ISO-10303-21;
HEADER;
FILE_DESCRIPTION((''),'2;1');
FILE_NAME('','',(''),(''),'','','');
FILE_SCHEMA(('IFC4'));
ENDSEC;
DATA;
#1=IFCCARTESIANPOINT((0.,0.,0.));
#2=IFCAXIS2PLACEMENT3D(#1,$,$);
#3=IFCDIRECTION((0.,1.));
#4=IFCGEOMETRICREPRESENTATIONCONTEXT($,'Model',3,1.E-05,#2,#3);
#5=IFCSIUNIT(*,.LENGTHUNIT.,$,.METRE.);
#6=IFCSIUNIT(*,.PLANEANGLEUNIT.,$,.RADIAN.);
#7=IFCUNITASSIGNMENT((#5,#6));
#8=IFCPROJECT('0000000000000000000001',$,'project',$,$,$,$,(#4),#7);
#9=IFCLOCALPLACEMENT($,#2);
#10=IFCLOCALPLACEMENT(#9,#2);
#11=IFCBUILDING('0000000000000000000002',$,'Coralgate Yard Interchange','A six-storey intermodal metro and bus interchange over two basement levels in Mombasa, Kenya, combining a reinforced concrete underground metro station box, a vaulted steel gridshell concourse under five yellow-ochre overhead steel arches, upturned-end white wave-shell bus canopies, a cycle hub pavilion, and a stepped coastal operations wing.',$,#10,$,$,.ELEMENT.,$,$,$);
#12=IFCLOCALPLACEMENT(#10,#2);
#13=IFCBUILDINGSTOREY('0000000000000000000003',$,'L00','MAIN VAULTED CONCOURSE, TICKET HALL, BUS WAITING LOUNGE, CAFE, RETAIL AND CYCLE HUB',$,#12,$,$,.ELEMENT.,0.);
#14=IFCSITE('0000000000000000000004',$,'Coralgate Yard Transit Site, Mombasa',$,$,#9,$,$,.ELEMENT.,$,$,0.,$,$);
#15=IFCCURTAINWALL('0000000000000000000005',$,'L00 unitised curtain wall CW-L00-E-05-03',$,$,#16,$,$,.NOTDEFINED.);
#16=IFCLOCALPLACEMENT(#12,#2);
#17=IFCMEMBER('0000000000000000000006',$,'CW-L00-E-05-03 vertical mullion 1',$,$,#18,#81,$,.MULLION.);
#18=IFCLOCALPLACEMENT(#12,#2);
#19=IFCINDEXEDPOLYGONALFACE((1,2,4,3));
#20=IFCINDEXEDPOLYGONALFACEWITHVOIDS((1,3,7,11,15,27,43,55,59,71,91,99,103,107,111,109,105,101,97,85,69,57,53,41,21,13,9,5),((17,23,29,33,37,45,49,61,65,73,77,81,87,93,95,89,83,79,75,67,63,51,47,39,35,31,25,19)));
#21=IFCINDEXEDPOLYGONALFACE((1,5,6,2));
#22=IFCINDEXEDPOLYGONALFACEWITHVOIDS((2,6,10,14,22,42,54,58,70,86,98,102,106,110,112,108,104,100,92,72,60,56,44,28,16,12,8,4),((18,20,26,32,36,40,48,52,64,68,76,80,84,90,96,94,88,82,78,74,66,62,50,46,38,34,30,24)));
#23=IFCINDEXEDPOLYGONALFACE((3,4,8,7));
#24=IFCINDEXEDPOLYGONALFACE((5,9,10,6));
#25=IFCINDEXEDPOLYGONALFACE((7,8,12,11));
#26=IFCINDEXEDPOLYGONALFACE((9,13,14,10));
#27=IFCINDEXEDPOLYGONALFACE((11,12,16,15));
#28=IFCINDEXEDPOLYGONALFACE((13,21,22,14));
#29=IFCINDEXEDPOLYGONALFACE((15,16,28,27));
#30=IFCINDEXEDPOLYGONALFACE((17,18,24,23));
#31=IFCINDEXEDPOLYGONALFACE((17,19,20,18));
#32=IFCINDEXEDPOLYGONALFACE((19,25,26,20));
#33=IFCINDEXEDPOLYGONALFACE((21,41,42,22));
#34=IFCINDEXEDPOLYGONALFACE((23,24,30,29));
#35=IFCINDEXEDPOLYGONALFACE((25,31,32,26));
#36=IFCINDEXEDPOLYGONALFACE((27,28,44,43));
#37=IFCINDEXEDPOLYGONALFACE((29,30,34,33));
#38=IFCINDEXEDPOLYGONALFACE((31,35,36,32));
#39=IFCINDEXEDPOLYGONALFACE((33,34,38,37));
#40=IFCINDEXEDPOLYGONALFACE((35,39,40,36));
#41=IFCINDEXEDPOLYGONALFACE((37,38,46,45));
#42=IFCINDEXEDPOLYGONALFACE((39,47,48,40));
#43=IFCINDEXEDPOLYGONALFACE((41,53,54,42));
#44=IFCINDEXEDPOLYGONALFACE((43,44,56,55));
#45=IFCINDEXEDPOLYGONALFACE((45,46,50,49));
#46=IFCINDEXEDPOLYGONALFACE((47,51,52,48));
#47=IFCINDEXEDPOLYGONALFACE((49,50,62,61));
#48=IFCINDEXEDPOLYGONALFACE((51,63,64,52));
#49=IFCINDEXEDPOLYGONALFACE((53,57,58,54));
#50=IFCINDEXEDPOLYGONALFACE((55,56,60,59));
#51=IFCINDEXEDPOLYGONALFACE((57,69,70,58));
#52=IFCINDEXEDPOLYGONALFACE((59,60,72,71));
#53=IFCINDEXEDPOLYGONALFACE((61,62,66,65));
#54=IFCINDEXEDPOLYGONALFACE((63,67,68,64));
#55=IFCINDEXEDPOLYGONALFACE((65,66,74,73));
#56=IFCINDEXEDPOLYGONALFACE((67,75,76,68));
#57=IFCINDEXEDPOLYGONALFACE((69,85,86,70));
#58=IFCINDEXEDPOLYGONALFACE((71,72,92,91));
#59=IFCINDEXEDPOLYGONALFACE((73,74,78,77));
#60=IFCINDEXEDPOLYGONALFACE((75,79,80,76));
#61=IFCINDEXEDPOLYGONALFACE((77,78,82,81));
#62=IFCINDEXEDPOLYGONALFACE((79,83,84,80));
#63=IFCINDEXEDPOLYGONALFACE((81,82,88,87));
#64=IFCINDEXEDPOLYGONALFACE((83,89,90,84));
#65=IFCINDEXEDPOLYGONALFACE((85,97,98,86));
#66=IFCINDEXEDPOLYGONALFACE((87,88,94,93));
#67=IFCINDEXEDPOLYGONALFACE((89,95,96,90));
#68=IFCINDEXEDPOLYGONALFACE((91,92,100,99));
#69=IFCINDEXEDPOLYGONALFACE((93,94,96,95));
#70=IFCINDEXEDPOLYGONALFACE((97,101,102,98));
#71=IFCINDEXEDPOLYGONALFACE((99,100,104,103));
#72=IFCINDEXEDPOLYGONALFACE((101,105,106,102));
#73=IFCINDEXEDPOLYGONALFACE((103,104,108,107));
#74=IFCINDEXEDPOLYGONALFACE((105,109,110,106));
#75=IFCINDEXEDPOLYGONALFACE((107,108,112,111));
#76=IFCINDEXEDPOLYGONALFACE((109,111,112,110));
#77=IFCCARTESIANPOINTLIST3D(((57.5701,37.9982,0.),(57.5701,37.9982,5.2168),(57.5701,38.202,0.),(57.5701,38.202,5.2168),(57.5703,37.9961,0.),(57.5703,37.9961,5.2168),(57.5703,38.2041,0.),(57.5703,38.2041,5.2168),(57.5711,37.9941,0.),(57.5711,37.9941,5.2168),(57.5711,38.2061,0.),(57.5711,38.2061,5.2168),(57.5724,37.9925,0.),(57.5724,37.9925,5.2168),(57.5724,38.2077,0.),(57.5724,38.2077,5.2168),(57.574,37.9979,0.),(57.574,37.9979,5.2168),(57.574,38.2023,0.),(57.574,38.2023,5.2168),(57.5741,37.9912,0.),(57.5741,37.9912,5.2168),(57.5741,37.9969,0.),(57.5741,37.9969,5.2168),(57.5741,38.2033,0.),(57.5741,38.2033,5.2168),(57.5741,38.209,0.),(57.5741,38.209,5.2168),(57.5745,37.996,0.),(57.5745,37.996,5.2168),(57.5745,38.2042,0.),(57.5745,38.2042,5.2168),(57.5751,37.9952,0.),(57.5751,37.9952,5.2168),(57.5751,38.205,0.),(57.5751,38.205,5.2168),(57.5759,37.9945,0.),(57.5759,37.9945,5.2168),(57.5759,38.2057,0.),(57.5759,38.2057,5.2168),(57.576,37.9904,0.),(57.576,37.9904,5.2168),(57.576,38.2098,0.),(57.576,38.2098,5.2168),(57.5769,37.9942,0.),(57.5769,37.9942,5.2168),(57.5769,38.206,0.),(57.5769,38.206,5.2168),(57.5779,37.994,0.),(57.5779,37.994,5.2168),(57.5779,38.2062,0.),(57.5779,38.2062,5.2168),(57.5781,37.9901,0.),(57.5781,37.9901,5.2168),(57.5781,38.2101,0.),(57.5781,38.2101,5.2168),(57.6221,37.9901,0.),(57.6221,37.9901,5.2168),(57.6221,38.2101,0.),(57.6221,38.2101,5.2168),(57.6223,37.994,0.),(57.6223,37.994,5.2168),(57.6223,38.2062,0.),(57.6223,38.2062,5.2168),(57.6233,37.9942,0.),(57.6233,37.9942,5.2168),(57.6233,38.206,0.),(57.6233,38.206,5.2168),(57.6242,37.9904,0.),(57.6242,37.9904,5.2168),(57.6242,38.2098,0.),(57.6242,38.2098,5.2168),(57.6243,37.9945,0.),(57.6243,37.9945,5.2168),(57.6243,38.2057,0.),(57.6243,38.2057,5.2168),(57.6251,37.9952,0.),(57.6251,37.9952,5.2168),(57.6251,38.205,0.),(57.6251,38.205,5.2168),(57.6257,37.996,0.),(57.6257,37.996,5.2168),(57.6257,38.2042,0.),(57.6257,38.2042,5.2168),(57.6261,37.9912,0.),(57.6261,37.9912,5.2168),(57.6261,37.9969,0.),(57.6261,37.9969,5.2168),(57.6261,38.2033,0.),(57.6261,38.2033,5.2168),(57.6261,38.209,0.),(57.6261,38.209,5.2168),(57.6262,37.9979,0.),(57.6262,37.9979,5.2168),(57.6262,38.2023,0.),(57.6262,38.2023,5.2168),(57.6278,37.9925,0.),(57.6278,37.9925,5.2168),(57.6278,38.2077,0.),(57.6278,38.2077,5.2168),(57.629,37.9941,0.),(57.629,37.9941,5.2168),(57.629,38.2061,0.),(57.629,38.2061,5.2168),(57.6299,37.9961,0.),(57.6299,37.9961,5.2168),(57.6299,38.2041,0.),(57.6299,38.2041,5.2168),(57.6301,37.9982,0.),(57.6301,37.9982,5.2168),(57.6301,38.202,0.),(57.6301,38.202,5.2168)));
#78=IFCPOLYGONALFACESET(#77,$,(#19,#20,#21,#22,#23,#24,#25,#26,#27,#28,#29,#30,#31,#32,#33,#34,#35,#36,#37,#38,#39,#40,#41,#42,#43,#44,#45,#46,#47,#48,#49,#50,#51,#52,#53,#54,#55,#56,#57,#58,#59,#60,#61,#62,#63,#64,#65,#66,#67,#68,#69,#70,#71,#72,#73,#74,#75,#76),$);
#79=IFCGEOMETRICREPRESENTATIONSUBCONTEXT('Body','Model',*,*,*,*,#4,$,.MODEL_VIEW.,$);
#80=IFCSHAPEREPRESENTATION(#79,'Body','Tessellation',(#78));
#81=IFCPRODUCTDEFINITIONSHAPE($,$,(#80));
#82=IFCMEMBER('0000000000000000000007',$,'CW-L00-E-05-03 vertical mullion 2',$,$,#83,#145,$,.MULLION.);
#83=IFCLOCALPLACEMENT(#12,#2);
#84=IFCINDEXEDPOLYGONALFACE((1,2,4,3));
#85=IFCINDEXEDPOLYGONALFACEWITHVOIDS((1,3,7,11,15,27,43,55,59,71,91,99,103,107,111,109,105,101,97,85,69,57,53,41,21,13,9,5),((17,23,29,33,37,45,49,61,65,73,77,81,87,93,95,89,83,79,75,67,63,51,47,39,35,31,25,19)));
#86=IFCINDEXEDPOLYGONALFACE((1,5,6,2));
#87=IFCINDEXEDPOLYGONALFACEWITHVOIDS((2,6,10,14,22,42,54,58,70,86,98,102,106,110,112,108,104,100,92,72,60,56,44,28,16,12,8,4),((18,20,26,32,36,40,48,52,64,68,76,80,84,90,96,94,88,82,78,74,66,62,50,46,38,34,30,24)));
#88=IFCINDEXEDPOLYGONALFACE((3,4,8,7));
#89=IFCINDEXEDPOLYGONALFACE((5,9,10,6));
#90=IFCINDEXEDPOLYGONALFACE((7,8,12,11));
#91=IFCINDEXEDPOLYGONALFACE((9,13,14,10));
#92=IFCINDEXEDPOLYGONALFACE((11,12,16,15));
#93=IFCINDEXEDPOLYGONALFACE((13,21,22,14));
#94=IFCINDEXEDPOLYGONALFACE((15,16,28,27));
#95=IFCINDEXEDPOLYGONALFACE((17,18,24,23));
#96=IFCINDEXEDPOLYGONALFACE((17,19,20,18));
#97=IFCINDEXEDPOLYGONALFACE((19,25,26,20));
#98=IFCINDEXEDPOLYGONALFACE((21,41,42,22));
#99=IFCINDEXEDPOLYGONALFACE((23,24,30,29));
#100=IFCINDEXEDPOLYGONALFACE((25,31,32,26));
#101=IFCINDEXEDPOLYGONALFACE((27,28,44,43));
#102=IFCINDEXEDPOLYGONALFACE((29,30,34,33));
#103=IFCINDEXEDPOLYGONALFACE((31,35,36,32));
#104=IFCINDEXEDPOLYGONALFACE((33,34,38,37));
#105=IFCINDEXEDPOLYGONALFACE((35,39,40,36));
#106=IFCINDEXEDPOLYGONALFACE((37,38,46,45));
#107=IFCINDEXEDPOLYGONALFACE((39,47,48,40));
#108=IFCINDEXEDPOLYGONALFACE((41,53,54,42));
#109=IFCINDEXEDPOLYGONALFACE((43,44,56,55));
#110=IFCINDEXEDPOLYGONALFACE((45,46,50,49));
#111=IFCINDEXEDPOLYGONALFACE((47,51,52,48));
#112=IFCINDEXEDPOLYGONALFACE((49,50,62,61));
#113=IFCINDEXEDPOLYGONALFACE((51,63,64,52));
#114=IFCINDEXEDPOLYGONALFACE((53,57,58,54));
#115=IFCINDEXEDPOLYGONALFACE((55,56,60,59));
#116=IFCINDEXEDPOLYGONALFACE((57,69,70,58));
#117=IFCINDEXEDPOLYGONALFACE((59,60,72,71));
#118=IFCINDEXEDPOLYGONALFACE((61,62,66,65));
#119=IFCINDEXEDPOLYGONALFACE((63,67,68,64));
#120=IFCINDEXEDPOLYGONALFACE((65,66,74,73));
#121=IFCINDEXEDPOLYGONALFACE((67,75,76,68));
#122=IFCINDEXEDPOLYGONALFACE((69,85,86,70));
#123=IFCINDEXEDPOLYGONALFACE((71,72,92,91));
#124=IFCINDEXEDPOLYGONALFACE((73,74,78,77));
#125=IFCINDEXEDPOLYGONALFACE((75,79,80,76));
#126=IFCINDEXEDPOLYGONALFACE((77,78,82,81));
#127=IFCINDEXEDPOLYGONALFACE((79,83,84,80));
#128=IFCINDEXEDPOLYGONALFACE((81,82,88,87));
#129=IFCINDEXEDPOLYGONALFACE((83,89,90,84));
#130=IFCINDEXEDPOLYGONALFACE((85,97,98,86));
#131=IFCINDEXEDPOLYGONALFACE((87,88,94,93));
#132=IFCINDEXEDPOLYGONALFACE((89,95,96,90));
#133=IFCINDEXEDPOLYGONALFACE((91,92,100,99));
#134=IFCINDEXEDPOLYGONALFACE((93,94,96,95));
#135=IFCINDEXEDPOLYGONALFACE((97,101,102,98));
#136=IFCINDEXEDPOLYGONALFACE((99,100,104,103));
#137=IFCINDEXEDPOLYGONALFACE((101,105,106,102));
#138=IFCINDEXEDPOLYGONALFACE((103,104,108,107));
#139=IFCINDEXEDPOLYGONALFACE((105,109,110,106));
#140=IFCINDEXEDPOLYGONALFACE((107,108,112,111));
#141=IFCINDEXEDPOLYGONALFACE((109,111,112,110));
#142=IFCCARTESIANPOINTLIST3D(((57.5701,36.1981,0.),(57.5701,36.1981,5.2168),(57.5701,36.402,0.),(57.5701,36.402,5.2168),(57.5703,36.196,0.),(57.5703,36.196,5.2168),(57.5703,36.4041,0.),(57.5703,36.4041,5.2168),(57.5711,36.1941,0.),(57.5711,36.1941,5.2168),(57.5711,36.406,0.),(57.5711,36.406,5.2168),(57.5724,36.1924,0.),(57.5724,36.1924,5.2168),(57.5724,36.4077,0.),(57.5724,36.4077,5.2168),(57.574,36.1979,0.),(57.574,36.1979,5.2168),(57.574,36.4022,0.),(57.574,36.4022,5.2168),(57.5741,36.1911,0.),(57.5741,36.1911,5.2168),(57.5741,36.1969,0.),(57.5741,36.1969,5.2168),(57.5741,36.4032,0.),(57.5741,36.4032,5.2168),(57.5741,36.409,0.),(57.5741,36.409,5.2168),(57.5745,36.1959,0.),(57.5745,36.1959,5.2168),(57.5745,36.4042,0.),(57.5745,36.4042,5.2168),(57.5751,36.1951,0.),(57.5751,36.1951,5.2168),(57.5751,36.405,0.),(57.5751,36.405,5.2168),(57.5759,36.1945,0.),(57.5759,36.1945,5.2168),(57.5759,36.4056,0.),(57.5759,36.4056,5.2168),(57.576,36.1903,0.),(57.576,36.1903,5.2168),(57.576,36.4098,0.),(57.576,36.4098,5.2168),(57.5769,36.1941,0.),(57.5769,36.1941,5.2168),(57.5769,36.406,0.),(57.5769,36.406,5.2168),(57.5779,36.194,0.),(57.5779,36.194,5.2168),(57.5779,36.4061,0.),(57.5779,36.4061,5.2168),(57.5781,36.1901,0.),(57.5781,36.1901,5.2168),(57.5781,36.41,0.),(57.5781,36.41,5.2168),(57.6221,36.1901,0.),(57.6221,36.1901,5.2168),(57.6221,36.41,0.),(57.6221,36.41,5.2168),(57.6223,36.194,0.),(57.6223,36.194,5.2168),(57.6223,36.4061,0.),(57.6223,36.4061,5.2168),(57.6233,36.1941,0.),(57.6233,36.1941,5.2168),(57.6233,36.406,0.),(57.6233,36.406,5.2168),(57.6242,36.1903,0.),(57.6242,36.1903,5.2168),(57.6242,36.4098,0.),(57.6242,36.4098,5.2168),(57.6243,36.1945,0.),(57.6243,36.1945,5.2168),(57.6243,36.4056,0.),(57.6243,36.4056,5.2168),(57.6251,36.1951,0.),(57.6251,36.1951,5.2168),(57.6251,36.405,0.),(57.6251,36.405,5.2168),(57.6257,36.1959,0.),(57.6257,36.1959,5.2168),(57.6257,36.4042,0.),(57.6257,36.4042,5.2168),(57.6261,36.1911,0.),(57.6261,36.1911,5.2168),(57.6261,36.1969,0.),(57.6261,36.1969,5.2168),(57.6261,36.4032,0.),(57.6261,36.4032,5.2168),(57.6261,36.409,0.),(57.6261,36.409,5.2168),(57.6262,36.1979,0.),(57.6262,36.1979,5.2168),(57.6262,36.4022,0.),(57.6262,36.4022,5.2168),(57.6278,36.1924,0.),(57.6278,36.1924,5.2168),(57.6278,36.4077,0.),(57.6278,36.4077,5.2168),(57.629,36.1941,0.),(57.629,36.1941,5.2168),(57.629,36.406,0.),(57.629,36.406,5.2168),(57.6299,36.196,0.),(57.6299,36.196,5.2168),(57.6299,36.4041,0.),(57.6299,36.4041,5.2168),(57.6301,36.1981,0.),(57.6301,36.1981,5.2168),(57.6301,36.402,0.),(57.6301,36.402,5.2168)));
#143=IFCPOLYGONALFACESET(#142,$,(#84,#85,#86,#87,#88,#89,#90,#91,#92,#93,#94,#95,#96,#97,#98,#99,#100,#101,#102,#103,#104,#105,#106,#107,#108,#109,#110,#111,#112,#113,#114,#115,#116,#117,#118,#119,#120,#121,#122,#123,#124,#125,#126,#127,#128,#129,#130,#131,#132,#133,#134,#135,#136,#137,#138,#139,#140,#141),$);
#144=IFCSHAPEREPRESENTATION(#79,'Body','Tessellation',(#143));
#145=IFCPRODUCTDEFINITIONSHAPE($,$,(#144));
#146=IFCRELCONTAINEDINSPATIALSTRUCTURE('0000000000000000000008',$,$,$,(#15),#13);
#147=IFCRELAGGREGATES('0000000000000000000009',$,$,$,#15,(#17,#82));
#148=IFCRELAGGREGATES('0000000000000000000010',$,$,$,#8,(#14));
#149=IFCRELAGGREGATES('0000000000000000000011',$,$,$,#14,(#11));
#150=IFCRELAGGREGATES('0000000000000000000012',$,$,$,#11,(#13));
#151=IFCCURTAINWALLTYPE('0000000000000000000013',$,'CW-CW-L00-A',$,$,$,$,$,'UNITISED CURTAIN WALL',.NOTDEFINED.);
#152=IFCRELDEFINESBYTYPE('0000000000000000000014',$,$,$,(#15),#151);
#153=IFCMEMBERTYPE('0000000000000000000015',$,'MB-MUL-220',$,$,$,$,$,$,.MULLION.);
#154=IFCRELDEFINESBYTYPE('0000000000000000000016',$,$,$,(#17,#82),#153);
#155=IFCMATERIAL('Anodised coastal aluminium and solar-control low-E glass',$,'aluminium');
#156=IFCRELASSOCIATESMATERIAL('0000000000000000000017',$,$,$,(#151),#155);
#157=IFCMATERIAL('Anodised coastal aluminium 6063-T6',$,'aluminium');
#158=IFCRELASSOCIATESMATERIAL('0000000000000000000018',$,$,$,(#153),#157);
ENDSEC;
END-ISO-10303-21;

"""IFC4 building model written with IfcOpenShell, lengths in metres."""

from ifc_helpers import new_model, si_unit, direction, frame, origin, origin_2d, place, context, subcontext, project, spatial, hollow_rectangle, extrude, material, material_profile, profile_set, type_object, element, aggregate, save


model = new_model("IFC4")

# Units and contexts
model_context = context("Model", 3, precision=1e-05, world=origin(), true_north=direction((0.0, 1.0)))
body_context = subcontext(model_context, "Body", "Model", "MODEL_VIEW")
ifc_project = project(units=[si_unit("LENGTHUNIT", "METRE"), si_unit("PLANEANGLEUNIT", "RADIAN")], contexts=[model_context])

# Site, building, storey
site_placement = place(None, origin())
site = spatial("IfcSite", under=ifc_project, at=site_placement, Name="Coralgate Yard Transit Site, Mombasa", CompositionType="ELEMENT", RefElevation=0.0)
building_placement = place(site_placement, origin())
building = spatial("IfcBuilding", under=site, at=building_placement, Name="Coralgate Yard Interchange", Description="A six-storey intermodal metro and bus interchange over two basement levels in Mombasa, Kenya, combining a reinforced concrete underground metro station box, a vaulted steel gridshell concourse under five yellow-ochre overhead steel arches, upturned-end white wave-shell bus canopies, a cycle hub pavilion, and a stepped coastal operations wing.", CompositionType="ELEMENT")
storey_placement = place(building_placement, origin())
storey = spatial("IfcBuildingStorey", under=building, at=storey_placement, Name="L00", Description="MAIN VAULTED CONCOURSE, TICKET HALL, BUS WAITING LOUNGE, CAFE, RETAIL AND CYCLE HUB", CompositionType="ELEMENT", Elevation=0.0)

# Curtain wall, members
ifc_material_1 = material(Name="Anodised coastal aluminium and solar-control low-E glass", Category="aluminium")
curtain_wall_type = type_object("IfcCurtainWallType", Name="CW-CW-L00-A", ElementType="UNITISED CURTAIN WALL", PredefinedType="NOTDEFINED", material=ifc_material_1)
curtain_wall_1_placement = place(storey_placement, origin())
curtain_wall_1 = element("IfcCurtainWall", 1, at=curtain_wall_1_placement, inside=storey, type_object=curtain_wall_type, Name="L00 unitised curtain wall CW-L00-E-05-03", PredefinedType="NOTDEFINED")
ifc_material_2 = material(Name="Anodised coastal aluminium 6063-T6", Category="aluminium")
ifc_material_profile_1 = material_profile(ifc_material_2, hollow_rectangle(XDim=0.0601, YDim=0.22, WallThickness=0.0039, InnerFilletRadius=0.0039, OuterFilletRadius=0.0081, at=origin_2d()), Name="ALU 60x220x4")
ifc_profile_set_1 = profile_set([ifc_material_profile_1], Name="Anodised coastal aluminium 6063-T6")
member_type_1 = type_object("IfcMemberType", Name="MB-MUL-220", PredefinedType="MULLION", material=ifc_profile_set_1)
member_1_placement = place(storey_placement, frame((57.6001, 38.1001, 0.0), z_axis=(0.0, 0.0, 1.0), x_axis=(1.0, 0.0, 0.0)))
member_1 = element("IfcMember", 2, at=member_1_placement, type_object=member_type_1, Name="CW-L00-E-05-03 vertical mullion 1", PredefinedType="MULLION", context=body_context, shape_type="SweptSolid", body=[
    extrude(hollow_rectangle(XDim=0.0601, YDim=0.22, WallThickness=0.0039, InnerFilletRadius=0.0039, OuterFilletRadius=0.0081, at=origin_2d()), origin(), (0.0, 0.0, 1.0), 5.2168),
])
member_2_placement = place(storey_placement, frame((57.6001, 36.3, 0.0), z_axis=(0.0, 0.0, 1.0), x_axis=(1.0, 0.0, 0.0)))
member_2 = element("IfcMember", 3, at=member_2_placement, type_object=member_type_1, Name="CW-L00-E-05-03 vertical mullion 2", PredefinedType="MULLION", context=body_context, shape_type="SweptSolid", body=[
    extrude(hollow_rectangle(XDim=0.0601, YDim=0.22, WallThickness=0.0039, InnerFilletRadius=0.0039, OuterFilletRadius=0.0081, at=origin_2d()), origin(), (0.0, 0.0, 1.0), 5.2168),
])

aggregate(curtain_wall_1, [member_1, member_2])

save(model, "model.ifc")
